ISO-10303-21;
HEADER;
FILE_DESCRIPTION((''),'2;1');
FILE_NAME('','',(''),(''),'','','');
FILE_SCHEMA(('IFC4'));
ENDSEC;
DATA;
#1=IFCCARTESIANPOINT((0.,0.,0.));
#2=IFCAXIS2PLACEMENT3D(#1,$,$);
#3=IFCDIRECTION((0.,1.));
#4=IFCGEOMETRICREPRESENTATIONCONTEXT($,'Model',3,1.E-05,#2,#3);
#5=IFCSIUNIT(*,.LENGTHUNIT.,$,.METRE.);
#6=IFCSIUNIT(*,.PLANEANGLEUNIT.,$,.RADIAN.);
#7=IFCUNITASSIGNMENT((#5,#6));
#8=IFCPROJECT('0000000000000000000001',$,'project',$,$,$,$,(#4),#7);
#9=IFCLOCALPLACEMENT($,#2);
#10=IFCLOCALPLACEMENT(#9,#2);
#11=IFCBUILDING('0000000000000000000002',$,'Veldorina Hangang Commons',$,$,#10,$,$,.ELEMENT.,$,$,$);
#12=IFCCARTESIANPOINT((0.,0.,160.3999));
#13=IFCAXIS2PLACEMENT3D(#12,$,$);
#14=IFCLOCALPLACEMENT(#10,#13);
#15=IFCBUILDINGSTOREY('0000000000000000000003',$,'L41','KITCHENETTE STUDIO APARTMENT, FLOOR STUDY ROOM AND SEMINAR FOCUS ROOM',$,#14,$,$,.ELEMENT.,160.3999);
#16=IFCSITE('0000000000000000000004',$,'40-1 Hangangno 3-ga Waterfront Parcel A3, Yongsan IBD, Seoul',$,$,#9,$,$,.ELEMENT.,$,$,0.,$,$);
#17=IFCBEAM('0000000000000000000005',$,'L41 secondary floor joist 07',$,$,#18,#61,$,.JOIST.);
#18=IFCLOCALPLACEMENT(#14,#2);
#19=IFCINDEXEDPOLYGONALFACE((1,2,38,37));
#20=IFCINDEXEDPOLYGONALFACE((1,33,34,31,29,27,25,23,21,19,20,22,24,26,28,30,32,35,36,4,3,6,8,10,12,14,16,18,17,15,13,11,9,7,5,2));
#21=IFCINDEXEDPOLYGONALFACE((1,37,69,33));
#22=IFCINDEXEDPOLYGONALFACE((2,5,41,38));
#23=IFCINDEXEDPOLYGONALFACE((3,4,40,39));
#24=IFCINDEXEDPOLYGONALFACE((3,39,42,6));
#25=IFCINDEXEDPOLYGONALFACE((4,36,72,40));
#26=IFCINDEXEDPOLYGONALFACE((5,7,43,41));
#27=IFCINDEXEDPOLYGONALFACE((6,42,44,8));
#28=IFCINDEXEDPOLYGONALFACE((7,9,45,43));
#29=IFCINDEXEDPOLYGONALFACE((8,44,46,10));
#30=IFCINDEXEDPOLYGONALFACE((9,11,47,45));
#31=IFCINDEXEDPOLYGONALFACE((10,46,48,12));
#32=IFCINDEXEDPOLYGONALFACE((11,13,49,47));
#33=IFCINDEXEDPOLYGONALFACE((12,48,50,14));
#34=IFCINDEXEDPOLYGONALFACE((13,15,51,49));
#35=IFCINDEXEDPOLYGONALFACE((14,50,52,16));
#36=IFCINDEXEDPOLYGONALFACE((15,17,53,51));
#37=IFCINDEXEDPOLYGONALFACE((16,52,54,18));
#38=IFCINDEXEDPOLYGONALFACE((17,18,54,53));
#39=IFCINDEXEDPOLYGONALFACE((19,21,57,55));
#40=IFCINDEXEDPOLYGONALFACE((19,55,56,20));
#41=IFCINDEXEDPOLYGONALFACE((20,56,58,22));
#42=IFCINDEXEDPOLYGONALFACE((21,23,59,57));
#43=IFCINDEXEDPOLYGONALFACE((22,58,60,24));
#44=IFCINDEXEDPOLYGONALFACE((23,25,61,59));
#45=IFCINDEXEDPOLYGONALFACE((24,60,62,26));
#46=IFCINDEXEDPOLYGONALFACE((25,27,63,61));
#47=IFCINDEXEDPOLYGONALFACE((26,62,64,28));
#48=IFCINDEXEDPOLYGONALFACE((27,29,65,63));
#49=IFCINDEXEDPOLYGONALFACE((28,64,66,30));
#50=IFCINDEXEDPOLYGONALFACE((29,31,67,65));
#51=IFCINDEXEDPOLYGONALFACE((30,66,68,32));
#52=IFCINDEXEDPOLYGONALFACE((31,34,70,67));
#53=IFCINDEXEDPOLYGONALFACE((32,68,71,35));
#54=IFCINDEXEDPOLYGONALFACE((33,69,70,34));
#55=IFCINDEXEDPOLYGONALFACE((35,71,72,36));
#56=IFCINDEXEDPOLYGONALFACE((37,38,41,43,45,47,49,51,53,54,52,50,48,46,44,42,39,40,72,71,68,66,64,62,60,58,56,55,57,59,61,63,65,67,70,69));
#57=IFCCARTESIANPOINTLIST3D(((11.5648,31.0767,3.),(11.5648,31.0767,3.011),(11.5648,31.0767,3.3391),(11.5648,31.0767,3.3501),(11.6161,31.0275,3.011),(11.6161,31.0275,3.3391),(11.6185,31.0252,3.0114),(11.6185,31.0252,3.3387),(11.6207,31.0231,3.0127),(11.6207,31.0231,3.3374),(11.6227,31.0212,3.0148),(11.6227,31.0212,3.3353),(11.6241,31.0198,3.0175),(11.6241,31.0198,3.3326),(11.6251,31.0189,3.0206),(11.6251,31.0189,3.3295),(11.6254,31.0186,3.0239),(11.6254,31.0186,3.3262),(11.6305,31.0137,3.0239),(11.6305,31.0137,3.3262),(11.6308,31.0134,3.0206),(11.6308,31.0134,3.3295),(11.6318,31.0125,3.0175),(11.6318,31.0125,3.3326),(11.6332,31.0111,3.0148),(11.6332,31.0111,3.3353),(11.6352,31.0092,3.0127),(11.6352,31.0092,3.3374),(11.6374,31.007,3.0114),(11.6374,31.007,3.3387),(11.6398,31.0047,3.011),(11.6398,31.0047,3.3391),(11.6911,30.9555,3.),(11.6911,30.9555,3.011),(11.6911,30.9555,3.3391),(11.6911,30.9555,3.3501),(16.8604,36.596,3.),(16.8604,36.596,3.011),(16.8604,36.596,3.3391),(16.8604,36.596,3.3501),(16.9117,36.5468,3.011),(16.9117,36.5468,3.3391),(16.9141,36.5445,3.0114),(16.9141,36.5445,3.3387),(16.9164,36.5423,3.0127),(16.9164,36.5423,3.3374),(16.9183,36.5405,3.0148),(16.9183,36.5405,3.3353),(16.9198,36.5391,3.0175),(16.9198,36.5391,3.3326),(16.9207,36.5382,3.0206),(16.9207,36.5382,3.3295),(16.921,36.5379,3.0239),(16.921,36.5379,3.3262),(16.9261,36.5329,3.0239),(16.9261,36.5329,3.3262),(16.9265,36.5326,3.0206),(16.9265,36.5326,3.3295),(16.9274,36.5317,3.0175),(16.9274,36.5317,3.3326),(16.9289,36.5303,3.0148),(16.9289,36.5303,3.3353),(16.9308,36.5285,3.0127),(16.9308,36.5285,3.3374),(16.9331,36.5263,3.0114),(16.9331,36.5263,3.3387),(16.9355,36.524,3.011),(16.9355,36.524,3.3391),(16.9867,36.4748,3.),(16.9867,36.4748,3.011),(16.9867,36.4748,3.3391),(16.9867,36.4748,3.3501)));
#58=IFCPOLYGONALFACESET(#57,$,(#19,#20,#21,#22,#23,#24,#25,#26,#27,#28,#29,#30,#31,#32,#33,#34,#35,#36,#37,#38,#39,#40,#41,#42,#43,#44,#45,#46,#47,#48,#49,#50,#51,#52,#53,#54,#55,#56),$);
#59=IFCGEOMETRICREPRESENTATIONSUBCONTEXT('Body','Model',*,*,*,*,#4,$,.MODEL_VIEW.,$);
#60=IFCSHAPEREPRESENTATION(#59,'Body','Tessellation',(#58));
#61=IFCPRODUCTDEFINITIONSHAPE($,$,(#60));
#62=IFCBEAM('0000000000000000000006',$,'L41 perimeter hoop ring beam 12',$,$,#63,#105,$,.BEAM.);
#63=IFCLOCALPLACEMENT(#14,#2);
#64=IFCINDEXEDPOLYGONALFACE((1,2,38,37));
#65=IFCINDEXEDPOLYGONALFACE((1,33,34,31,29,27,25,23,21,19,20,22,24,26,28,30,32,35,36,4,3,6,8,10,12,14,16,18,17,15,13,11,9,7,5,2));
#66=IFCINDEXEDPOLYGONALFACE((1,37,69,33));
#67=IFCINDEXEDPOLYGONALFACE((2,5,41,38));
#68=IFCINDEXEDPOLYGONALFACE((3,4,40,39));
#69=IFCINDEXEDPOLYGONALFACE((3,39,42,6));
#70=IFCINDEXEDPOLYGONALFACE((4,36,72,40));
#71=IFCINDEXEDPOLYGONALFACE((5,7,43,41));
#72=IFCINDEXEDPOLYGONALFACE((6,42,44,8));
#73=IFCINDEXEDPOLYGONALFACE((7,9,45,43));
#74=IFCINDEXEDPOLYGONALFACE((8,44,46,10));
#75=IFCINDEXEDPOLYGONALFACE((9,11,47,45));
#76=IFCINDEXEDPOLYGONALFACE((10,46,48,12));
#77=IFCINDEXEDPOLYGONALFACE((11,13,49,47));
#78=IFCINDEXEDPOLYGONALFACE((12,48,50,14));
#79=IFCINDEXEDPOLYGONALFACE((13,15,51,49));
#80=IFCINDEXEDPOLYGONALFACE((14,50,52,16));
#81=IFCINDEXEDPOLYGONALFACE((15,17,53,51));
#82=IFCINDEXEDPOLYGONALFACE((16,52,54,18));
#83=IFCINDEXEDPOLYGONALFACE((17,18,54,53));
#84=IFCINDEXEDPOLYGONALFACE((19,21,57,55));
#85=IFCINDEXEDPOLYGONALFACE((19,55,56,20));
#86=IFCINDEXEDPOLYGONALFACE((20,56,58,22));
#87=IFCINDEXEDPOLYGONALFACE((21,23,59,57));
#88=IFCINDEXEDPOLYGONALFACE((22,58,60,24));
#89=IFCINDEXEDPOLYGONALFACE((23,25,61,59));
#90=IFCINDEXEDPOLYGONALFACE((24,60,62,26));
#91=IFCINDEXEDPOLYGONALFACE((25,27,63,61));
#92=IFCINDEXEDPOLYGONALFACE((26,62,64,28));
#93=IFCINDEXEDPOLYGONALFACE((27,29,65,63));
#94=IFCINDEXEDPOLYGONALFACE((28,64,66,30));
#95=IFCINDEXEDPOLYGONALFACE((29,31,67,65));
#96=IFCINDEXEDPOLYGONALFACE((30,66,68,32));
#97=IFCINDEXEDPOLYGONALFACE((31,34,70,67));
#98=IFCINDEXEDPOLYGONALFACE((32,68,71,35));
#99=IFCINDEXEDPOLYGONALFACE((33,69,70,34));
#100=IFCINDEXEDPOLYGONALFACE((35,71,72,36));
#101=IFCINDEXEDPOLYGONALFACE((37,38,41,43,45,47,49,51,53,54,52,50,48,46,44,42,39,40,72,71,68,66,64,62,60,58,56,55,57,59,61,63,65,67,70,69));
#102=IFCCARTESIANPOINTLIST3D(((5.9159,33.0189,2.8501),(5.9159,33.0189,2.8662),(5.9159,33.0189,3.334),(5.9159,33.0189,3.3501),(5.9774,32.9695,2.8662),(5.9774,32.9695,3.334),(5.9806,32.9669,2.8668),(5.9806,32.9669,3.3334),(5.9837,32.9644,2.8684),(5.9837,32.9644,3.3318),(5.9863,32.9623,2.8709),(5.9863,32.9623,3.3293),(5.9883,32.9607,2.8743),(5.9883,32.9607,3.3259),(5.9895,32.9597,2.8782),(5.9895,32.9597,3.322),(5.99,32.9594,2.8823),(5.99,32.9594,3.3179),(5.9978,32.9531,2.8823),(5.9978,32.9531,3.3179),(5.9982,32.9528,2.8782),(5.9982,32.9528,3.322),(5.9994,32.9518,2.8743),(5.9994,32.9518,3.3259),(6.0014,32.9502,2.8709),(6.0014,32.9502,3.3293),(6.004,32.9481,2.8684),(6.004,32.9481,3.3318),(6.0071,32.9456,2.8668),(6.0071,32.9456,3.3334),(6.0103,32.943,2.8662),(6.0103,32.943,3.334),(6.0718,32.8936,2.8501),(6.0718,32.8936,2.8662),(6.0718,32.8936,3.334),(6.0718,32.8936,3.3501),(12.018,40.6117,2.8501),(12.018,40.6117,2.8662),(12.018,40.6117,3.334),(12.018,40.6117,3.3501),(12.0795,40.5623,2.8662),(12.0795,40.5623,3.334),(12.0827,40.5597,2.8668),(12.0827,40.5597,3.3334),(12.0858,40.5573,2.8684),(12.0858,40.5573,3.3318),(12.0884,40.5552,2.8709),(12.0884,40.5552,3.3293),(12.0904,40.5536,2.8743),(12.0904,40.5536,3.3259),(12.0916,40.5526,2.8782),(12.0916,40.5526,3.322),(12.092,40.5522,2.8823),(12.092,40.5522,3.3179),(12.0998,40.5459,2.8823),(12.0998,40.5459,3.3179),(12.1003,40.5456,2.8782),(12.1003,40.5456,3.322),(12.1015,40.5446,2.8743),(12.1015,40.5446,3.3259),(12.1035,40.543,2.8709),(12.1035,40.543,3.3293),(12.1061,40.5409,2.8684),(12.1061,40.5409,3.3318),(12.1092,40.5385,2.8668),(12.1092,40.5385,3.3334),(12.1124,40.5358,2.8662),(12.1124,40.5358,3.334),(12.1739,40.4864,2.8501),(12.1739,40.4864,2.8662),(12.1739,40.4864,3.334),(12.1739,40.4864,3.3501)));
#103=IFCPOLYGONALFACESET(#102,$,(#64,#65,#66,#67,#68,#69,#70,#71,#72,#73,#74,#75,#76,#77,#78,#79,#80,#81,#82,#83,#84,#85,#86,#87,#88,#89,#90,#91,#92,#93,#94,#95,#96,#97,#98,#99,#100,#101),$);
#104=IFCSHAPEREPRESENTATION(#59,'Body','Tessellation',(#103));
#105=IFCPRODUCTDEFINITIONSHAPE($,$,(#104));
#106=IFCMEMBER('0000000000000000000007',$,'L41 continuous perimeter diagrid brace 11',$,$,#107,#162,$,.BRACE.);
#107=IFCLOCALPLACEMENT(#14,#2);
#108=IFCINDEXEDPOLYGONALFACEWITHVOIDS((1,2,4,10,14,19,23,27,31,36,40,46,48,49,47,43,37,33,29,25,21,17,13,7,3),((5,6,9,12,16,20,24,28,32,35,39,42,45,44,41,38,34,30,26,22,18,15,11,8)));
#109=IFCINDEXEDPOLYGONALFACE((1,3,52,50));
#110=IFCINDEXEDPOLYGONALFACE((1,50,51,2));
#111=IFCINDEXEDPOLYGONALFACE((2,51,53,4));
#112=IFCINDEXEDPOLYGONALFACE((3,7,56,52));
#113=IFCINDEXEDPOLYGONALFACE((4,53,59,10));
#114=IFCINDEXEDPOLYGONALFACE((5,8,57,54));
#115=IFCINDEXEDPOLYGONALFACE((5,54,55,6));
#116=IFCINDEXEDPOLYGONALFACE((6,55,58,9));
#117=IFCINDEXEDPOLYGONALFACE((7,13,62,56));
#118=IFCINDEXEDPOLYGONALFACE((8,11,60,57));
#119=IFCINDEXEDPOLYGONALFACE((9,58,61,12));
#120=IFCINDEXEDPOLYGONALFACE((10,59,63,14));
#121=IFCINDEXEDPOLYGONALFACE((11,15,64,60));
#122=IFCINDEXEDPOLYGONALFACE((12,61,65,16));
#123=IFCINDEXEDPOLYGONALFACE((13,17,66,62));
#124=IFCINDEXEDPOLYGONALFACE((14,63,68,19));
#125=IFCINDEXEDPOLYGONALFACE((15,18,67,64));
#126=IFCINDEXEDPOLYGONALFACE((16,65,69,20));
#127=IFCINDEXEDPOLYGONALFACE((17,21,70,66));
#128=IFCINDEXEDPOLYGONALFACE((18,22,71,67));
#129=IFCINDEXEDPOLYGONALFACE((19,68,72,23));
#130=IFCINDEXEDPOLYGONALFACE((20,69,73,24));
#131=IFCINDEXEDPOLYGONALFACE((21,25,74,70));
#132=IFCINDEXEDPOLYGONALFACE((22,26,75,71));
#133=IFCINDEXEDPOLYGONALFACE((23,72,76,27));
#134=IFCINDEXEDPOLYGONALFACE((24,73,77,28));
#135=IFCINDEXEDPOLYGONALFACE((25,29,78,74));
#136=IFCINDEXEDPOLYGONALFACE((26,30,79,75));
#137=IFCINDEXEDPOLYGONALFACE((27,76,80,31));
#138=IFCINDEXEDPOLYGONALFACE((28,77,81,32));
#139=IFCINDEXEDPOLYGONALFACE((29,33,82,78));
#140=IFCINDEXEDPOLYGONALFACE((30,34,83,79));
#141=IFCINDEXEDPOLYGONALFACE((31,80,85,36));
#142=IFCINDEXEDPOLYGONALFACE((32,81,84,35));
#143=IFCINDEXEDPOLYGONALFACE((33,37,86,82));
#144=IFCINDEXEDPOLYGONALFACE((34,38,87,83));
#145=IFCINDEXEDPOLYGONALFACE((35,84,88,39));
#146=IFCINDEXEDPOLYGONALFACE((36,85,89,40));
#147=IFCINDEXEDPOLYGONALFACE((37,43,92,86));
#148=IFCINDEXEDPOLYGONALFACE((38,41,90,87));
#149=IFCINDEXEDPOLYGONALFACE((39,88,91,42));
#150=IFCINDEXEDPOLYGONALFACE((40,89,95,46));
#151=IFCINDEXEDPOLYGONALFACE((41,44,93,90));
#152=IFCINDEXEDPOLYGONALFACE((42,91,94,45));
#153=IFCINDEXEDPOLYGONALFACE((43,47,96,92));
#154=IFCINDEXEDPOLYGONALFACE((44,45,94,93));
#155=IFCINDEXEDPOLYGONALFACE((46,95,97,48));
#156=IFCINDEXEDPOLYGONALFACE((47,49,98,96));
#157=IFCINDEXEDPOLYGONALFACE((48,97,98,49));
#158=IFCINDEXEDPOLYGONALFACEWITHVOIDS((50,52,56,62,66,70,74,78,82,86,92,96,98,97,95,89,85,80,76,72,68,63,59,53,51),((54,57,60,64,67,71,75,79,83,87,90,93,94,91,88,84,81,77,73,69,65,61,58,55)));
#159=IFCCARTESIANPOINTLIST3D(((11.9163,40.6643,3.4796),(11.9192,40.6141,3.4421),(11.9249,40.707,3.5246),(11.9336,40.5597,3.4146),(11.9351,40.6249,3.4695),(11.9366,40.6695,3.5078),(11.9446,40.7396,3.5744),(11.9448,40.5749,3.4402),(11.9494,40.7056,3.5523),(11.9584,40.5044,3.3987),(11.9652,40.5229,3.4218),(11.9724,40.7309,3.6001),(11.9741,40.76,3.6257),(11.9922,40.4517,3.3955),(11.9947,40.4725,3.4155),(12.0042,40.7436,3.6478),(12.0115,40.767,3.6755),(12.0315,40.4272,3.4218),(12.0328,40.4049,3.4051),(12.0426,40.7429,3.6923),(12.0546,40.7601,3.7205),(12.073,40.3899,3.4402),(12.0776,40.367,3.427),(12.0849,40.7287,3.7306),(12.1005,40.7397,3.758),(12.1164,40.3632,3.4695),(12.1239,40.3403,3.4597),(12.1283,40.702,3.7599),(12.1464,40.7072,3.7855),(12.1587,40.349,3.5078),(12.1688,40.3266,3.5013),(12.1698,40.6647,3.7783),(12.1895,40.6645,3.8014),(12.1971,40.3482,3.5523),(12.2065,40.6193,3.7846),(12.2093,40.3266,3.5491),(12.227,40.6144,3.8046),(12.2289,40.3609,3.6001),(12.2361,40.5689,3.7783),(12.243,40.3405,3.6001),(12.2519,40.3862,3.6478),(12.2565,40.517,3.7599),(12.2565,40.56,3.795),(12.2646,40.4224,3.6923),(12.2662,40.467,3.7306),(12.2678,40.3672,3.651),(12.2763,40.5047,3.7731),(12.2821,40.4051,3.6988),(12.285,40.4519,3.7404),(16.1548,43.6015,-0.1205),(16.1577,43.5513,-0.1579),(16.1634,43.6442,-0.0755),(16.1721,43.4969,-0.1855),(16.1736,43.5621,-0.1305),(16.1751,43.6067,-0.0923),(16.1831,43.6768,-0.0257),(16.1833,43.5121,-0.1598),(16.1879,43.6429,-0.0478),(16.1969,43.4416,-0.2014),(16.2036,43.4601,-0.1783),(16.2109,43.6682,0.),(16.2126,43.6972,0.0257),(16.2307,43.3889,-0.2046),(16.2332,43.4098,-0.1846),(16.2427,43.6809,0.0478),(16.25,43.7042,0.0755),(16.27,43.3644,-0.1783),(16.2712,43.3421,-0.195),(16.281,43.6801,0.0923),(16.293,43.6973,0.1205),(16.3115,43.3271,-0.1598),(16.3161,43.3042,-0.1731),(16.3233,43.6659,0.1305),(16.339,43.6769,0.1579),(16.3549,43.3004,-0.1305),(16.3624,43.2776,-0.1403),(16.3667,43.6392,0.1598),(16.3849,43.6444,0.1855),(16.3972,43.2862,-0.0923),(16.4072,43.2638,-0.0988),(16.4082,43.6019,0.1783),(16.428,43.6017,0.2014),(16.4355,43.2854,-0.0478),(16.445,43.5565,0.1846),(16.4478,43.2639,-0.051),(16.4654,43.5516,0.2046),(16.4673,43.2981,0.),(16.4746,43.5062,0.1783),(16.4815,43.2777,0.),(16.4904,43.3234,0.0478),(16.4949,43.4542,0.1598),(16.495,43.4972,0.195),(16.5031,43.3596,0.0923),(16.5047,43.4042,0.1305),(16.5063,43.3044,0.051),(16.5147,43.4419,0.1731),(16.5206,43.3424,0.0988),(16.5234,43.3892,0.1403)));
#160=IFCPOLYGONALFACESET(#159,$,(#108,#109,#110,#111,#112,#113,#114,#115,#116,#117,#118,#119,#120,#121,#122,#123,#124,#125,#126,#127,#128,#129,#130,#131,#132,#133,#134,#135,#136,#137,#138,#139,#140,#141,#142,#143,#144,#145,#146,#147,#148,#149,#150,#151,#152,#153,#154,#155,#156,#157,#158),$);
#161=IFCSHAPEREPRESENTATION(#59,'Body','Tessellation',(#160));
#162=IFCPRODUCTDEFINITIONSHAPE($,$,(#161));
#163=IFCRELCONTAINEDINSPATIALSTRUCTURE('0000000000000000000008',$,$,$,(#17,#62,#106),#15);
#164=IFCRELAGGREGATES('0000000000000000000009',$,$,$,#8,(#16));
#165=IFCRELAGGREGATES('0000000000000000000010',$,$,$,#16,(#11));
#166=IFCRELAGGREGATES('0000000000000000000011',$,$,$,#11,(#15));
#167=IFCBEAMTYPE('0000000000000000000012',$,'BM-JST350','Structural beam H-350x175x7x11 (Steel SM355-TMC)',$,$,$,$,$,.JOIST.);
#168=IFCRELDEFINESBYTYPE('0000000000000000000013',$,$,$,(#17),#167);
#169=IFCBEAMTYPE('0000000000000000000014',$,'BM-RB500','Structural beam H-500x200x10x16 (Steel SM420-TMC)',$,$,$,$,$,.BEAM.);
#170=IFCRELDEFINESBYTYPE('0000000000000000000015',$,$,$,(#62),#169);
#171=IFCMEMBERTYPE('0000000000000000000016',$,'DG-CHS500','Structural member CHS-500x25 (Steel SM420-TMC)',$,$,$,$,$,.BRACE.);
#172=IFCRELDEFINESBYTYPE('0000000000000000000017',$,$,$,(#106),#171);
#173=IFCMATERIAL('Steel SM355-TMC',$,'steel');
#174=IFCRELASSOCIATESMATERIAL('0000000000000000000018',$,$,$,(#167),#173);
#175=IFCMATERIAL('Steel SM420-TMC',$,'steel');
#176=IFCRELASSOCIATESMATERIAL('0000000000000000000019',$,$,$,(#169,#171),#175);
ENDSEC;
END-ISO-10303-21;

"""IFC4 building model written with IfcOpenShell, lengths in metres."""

from ifc_helpers import new_model, si_unit, direction, frame, origin, origin_2d, place, context, subcontext, project, spatial, hollow_circle, i_section, extrude, material, material_profile, profile_set, type_object, element, save


model = new_model("IFC4")

# Units and contexts
model_context = context("Model", 3, precision=1e-05, world=origin(), true_north=direction((0.0, 1.0)))
body_context = subcontext(model_context, "Body", "Model", "MODEL_VIEW")
ifc_project = project(units=[si_unit("LENGTHUNIT", "METRE"), si_unit("PLANEANGLEUNIT", "RADIAN")], contexts=[model_context])

# Site, building, storey
site_placement = place(None, origin())
site = spatial("IfcSite", under=ifc_project, at=site_placement, Name="40-1 Hangangno 3-ga Waterfront Parcel A3, Yongsan IBD, Seoul", CompositionType="ELEMENT", RefElevation=0.0)
building_placement = place(site_placement, origin())
building = spatial("IfcBuilding", under=site, at=building_placement, Name="Veldorina Hangang Commons", CompositionType="ELEMENT")
storey_placement = place(building_placement, frame((0.0, 0.0, 160.3999)))
storey = spatial("IfcBuildingStorey", under=building, at=storey_placement, Name="L41", Description="KITCHENETTE STUDIO APARTMENT, FLOOR STUDY ROOM AND SEMINAR FOCUS ROOM", CompositionType="ELEMENT", Elevation=160.3999)

# Beams
ifc_material_1 = material(Name="Steel SM355-TMC", Category="steel")
ifc_material_profile_1 = material_profile(ifc_material_1, i_section(OverallWidth=0.175, OverallDepth=0.3501, WebThickness=0.0071, FlangeThickness=0.011, FilletRadius=0.0129, at=origin_2d()), Name="H-350x175x7x11")
ifc_profile_set_1 = profile_set([ifc_material_profile_1], Name="Steel SM355-TMC")
beam_type_1 = type_object("IfcBeamType", Name="BM-JST350", Description="Structural beam H-350x175x7x11 (Steel SM355-TMC)", PredefinedType="JOIST", material=ifc_profile_set_1)
beam_1_placement = place(storey_placement, frame((16.9236, 36.5354, 3.175), z_axis=(-0.692337, -0.721574, 0.0), x_axis=(0.721574, -0.692337, 0.0)))
element("IfcBeam", 1, at=beam_1_placement, inside=storey, type_object=beam_type_1, Name="L41 secondary floor joist 07", PredefinedType="JOIST", context=body_context, shape_type="SweptSolid", body=[
    extrude(i_section(OverallWidth=0.175, OverallDepth=0.3501, WebThickness=0.0071, FlangeThickness=0.011, FilletRadius=0.0129, at=origin_2d()), origin(), (0.0, 0.0, 1.0), 7.6489),
])
ifc_material_2 = material(Name="Steel SM420-TMC", Category="steel")
ifc_material_profile_2 = material_profile(ifc_material_2, i_section(OverallWidth=0.2, OverallDepth=0.5, WebThickness=0.01, FlangeThickness=0.0161, FilletRadius=0.0161, at=origin_2d()), Name="H-500x200x10x16")
ifc_profile_set_2 = profile_set([ifc_material_profile_2], Name="Steel SM420-TMC")
beam_type_2 = type_object("IfcBeamType", Name="BM-RB500", Description="Structural beam H-500x200x10x16 (Steel SM420-TMC)", PredefinedType="BEAM", material=ifc_profile_set_2)
beam_2_placement = place(storey_placement, frame((12.0959, 40.5491, 3.1001), z_axis=(-0.626436, -0.779473, 0.0), x_axis=(0.779473, -0.626436, 0.0)))
element("IfcBeam", 2, at=beam_2_placement, inside=storey, type_object=beam_type_2, Name="L41 perimeter hoop ring beam 12", PredefinedType="BEAM", context=body_context, shape_type="SweptSolid", body=[
    extrude(i_section(OverallWidth=0.2, OverallDepth=0.5, WebThickness=0.01, FlangeThickness=0.0161, FilletRadius=0.0161, at=origin_2d()), origin(), (0.0, 0.0, 1.0), 9.741),
])

# Member
ifc_material_profile_3 = material_profile(ifc_material_2, hollow_circle(Radius=0.25, WallThickness=0.0249, at=origin_2d()), Name="CHS-500x25")
ifc_profile_set_3 = profile_set([ifc_material_profile_3], Name="Steel SM420-TMC")
member_type = type_object("IfcMemberType", Name="DG-CHS500", Description="Structural member CHS-500x25 (Steel SM420-TMC)", PredefinedType="BRACE", material=ifc_profile_set_3)
member_1_placement = place(storey_placement, frame((16.3391, 43.4832, 0.0), z_axis=(-0.673944, -0.467036, 0.572431), x_axis=(0.569589, -0.82193, 0.0)))
element("IfcMember", 3, at=member_1_placement, inside=storey, type_object=member_type, Name="L41 continuous perimeter diagrid brace 11", PredefinedType="BRACE", context=body_context, shape_type="SweptSolid", body=[
    extrude(hollow_circle(Radius=0.25, WallThickness=0.0249, at=origin_2d()), origin(), (0.0, 0.0, 1.0), 6.2891),
])

save(model, "model.ifc")
